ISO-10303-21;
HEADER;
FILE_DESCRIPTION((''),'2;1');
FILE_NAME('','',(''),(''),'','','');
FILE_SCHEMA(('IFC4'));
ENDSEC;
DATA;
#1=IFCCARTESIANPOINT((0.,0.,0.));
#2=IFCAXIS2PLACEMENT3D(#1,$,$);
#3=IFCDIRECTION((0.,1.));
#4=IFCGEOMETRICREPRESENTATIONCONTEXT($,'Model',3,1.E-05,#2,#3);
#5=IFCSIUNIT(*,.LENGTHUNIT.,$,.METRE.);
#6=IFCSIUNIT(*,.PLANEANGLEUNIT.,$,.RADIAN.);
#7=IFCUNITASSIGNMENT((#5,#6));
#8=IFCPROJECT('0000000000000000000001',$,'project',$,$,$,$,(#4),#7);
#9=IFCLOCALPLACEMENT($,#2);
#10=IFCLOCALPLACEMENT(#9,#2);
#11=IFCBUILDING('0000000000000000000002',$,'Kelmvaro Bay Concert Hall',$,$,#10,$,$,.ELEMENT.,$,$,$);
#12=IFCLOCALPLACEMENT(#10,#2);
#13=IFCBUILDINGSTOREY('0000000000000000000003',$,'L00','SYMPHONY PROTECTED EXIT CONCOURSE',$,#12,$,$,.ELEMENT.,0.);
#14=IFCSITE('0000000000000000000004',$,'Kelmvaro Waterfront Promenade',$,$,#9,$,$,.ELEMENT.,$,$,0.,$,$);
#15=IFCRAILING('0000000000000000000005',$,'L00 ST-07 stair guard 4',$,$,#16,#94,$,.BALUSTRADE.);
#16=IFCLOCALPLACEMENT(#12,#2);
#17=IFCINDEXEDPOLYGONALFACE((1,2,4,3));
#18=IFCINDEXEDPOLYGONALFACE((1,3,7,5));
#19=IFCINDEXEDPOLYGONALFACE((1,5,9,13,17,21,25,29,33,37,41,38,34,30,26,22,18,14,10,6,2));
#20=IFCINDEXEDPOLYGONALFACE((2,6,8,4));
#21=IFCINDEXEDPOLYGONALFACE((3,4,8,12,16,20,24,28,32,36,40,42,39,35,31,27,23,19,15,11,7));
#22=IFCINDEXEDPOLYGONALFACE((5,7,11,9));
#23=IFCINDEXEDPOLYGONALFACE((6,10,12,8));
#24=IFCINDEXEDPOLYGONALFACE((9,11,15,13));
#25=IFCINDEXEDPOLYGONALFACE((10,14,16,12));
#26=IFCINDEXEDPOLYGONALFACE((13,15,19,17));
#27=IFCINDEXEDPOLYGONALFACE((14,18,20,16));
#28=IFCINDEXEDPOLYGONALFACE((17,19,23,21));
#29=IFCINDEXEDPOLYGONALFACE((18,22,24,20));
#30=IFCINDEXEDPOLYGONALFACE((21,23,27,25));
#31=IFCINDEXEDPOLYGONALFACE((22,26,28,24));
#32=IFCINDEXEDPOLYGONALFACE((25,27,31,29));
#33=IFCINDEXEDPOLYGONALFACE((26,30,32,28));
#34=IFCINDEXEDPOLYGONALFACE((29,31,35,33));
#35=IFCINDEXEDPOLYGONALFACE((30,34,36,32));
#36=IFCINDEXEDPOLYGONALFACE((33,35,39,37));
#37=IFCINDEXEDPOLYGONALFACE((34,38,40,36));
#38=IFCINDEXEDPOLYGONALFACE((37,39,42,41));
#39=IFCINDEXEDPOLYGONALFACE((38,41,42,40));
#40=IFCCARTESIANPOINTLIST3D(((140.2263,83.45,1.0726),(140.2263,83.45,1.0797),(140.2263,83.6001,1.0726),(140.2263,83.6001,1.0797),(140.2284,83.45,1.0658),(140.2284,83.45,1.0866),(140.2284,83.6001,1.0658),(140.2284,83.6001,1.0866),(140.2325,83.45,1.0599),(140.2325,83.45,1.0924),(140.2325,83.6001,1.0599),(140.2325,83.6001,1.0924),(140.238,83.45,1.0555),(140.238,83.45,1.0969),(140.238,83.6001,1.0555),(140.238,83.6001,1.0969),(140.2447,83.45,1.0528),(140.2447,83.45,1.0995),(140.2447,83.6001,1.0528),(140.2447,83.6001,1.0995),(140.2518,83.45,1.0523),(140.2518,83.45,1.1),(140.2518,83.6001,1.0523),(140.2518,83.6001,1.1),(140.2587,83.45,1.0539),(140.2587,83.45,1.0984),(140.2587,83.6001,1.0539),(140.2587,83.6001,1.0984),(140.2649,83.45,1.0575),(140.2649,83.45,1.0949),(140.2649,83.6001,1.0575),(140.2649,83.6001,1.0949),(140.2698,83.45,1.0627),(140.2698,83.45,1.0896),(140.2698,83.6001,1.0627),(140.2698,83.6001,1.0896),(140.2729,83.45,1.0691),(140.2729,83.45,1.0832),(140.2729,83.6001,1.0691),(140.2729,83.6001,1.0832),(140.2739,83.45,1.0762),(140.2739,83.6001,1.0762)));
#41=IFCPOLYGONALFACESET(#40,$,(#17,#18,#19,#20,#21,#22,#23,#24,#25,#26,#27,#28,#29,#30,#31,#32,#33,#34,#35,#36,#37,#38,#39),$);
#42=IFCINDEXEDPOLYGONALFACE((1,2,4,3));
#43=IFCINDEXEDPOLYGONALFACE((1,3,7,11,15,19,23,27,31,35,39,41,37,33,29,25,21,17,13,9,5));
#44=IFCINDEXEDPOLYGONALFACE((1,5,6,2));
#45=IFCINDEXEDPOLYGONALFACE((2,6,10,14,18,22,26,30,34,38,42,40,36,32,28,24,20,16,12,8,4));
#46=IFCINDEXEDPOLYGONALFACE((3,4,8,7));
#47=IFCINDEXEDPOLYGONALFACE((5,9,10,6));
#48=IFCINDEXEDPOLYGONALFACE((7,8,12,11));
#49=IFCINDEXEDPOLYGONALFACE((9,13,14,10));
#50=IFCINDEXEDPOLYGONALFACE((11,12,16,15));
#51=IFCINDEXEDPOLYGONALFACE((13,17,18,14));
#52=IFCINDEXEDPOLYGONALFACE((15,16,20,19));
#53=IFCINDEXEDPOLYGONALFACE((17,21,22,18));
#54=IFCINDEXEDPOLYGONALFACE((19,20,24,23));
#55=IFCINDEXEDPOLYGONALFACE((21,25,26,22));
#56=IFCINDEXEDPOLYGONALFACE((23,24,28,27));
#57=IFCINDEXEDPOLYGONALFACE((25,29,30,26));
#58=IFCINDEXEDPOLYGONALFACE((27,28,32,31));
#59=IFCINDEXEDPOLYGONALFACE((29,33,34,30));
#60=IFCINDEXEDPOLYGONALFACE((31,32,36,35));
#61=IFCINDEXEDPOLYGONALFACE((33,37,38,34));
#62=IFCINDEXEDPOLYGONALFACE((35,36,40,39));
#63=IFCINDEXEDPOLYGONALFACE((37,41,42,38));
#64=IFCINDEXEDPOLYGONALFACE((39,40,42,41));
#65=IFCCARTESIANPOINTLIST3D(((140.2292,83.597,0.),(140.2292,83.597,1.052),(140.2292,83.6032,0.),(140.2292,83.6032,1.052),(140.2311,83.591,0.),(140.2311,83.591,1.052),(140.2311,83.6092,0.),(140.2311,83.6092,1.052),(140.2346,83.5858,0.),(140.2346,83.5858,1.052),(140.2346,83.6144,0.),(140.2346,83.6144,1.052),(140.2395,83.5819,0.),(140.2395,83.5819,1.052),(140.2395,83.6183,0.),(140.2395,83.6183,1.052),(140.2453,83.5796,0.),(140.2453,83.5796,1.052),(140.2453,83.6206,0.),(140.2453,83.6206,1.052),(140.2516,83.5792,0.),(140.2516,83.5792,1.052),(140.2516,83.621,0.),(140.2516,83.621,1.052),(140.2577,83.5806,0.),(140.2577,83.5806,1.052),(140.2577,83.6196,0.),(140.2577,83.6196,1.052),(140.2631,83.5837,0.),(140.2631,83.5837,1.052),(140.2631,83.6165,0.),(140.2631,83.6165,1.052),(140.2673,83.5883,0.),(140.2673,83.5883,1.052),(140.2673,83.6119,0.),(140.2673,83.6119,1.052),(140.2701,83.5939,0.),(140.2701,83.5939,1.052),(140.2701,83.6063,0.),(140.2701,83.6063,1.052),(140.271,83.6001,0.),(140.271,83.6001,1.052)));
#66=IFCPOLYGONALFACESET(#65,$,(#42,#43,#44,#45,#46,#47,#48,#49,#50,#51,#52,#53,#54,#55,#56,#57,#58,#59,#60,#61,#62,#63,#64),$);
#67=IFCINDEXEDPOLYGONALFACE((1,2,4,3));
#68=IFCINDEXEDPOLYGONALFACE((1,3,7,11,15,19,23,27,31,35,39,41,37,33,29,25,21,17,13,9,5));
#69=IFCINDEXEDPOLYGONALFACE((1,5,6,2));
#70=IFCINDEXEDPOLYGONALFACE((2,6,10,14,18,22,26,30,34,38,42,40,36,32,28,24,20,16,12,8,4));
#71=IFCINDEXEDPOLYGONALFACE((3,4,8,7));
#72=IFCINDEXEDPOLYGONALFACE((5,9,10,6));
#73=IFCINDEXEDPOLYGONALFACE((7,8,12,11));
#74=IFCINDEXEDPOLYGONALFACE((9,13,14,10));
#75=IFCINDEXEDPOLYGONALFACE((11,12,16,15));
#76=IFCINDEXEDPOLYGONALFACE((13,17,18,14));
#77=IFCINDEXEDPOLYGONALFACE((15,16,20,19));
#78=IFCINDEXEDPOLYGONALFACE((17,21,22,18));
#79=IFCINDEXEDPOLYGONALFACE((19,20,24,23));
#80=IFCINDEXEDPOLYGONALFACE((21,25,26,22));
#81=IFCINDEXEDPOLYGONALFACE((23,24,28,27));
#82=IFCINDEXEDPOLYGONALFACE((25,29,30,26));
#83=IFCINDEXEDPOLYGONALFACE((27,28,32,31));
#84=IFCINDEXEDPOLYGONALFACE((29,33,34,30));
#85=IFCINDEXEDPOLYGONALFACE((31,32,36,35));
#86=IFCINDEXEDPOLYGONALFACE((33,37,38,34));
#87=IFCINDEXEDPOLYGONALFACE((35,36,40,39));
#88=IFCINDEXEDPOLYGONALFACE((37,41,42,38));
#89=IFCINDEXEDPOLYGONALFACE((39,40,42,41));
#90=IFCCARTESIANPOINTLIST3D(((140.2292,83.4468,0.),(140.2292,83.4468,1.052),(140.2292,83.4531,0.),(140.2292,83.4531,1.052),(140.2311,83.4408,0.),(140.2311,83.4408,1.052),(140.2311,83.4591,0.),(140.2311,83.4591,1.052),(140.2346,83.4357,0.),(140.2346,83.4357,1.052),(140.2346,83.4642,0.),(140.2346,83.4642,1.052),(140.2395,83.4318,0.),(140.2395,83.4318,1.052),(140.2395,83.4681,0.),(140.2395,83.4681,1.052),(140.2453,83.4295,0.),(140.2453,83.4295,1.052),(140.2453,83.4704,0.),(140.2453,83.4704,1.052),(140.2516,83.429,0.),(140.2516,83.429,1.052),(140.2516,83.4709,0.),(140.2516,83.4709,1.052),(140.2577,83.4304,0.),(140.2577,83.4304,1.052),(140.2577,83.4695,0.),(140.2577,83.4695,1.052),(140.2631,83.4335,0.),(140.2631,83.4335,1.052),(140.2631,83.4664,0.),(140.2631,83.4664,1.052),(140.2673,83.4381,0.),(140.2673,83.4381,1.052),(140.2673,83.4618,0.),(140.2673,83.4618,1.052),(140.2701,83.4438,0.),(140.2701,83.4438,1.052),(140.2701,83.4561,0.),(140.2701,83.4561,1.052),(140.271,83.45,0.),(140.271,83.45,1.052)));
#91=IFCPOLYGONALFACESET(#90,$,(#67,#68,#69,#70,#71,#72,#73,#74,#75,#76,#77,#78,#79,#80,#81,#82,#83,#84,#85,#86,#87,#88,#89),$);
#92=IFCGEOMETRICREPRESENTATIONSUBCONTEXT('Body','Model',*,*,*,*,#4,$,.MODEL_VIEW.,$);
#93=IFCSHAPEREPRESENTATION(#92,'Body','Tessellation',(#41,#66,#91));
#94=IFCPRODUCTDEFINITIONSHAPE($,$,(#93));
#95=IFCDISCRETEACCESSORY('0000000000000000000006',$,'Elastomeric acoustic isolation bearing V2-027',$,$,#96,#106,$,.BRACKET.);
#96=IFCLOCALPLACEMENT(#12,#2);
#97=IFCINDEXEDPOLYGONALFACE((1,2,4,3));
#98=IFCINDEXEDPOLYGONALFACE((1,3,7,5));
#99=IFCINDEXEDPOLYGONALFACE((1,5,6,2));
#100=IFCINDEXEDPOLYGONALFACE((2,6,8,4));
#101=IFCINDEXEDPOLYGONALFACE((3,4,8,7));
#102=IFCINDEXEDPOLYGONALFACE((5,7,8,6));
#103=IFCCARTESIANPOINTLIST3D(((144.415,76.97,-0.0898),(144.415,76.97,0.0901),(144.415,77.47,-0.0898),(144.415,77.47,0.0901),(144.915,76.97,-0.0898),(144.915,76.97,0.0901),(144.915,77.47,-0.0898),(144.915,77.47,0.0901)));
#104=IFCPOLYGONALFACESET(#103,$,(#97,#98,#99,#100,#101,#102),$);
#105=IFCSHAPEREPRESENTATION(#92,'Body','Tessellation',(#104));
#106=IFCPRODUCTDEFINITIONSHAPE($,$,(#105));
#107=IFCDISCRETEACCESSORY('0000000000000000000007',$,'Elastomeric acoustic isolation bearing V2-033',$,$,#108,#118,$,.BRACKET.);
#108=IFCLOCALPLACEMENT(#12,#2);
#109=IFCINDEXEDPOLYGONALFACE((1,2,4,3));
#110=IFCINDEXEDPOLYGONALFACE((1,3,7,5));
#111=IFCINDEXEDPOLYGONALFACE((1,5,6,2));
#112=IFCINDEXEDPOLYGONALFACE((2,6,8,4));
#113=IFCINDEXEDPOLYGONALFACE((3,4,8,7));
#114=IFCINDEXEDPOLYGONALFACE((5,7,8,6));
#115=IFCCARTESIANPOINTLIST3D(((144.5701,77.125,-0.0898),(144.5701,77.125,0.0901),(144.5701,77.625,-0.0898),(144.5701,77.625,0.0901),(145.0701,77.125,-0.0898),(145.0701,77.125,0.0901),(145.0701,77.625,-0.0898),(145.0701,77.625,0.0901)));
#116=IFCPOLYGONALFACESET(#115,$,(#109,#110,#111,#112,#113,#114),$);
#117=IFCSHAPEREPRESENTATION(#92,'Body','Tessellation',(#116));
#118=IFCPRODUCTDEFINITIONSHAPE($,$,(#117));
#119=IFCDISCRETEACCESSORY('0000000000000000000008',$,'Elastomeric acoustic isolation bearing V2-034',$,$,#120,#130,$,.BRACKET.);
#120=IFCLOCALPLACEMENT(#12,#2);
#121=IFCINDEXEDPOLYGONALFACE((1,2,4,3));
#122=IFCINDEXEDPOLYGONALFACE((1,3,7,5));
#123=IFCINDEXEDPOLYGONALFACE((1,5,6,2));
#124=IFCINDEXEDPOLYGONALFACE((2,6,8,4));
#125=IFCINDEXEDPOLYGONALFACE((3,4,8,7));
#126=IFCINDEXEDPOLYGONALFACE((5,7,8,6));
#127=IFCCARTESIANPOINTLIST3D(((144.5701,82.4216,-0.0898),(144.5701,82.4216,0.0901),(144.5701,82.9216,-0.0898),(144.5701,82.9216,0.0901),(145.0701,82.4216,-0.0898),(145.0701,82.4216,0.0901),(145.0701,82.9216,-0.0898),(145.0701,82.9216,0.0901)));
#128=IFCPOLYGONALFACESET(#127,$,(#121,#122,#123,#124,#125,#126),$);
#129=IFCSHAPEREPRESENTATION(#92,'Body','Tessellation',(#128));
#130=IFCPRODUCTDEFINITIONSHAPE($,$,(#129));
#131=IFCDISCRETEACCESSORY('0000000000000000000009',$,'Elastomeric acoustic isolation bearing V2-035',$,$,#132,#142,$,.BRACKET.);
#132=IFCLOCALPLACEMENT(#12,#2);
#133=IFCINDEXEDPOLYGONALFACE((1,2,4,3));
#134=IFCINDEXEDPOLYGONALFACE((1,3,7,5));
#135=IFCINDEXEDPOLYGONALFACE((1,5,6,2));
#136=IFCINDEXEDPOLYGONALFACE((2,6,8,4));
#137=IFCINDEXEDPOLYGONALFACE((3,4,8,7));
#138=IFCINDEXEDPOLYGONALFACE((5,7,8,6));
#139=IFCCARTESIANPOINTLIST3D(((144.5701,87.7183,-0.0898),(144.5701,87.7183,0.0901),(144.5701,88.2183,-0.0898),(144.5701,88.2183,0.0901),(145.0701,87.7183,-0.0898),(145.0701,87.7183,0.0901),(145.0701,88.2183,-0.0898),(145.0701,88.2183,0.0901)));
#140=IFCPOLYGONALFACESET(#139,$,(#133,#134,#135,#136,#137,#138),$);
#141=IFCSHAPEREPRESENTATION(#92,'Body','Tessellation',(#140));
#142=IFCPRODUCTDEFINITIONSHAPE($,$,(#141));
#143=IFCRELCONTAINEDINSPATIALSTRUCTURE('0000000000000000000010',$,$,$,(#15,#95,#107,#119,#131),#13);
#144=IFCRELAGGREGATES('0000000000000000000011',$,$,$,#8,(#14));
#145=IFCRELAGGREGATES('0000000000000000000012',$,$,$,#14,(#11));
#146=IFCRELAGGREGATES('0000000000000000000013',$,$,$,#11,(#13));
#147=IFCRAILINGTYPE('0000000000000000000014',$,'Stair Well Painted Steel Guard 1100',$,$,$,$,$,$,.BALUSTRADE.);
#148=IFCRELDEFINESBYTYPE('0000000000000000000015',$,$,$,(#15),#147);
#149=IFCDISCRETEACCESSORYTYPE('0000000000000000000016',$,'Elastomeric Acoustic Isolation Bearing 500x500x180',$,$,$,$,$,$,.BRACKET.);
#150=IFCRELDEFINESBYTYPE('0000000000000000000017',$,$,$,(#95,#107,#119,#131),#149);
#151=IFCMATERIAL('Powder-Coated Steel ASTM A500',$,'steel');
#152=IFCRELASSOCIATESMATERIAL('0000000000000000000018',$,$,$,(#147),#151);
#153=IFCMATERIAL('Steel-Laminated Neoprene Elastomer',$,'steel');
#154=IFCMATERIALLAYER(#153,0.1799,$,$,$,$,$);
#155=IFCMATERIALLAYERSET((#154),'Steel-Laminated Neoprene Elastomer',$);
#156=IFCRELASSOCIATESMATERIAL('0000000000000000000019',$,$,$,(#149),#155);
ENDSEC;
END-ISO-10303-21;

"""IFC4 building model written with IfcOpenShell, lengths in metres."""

from ifc_helpers import new_model, si_unit, direction, frame, origin, origin_2d, place, context, subcontext, project, spatial, rectangle, circle, extrude, material, layer, layer_set, type_object, element, save


model = new_model("IFC4")

# Units and contexts
model_context = context("Model", 3, precision=1e-05, world=origin(), true_north=direction((0.0, 1.0)))
body_context = subcontext(model_context, "Body", "Model", "MODEL_VIEW")
ifc_project = project(units=[si_unit("LENGTHUNIT", "METRE"), si_unit("PLANEANGLEUNIT", "RADIAN")], contexts=[model_context])

# Site, building, storey
site_placement = place(None, origin())
site = spatial("IfcSite", under=ifc_project, at=site_placement, Name="Kelmvaro Waterfront Promenade", CompositionType="ELEMENT", RefElevation=0.0)
building_placement = place(site_placement, origin())
building = spatial("IfcBuilding", under=site, at=building_placement, Name="Kelmvaro Bay Concert Hall", CompositionType="ELEMENT")
storey_placement = place(building_placement, origin())
storey = spatial("IfcBuildingStorey", under=building, at=storey_placement, Name="L00", Description="SYMPHONY PROTECTED EXIT CONCOURSE", CompositionType="ELEMENT", Elevation=0.0)

# Railing
ifc_material_1 = material(Name="Powder-Coated Steel ASTM A500", Category="steel")
railing_type_1 = type_object("IfcRailingType", Name="Stair Well Painted Steel Guard 1100", PredefinedType="BALUSTRADE", material=ifc_material_1)
railing_1_placement = place(storey_placement, frame((140.25, 83.6001, 0.0)))
element("IfcRailing", 1, at=railing_1_placement, inside=storey, type_object=railing_type_1, Name="L00 ST-07 stair guard 4", PredefinedType="BALUSTRADE", context=body_context, shape_type="SweptSolid", body=[
    extrude(circle(Radius=0.0239, at=origin_2d()), frame((0.0, 0.0, 1.0762), z_axis=(0.0, -1.0, 0.0), x_axis=(1.0, 0.0, 0.0)), (0.0, 0.0, 1.0), 0.1501),
    extrude(circle(Radius=0.021, at=origin_2d()), origin(), (0.0, 0.0, 1.0), 1.052),
    extrude(circle(Radius=0.021, at=origin_2d()), frame((0.0, -0.1501, 0.0)), (0.0, 0.0, 1.0), 1.052),
])

# Discrete accessories
ifc_material_2 = material(Name="Steel-Laminated Neoprene Elastomer", Category="steel")
ifc_layer_1 = layer(ifc_material_2, 0.1799)
ifc_layer_set_1 = layer_set([ifc_layer_1], Name="Steel-Laminated Neoprene Elastomer")
discrete_accessory_type = type_object("IfcDiscreteAccessoryType", Name="Elastomeric Acoustic Isolation Bearing 500x500x180", PredefinedType="BRACKET", material=ifc_layer_set_1)
for number, where, z_axis, x_axis, name in (
    (2, (144.665, 77.22, -0.0898), (0.0, 0.0, 1.0), (1.0, 0.0, 0.0), "Elastomeric acoustic isolation bearing V2-027"),
    (3, (144.8201, 77.375, -0.0898), (0.0, 0.0, 1.0), (1.0, 0.0, 0.0), "Elastomeric acoustic isolation bearing V2-033"),
    (4, (144.8201, 82.6716, -0.0898), (0.0, 0.0, 1.0), (1.0, 0.0, 0.0), "Elastomeric acoustic isolation bearing V2-034"),
    (5, (144.8201, 87.9683, -0.0898), (0.0, 0.0, 1.0), (1.0, 0.0, 0.0), "Elastomeric acoustic isolation bearing V2-035"),
):
    element("IfcDiscreteAccessory", number, at=place(storey_placement, frame(where, z_axis=z_axis, x_axis=x_axis)), inside=storey, type_object=discrete_accessory_type, Name=name, PredefinedType="BRACKET", context=body_context, shape_type="SweptSolid", body=[
        extrude(rectangle(XDim=0.5, YDim=0.5, at=origin_2d()), origin(), (0.0, 0.0, 1.0), 0.1799),
    ])

save(model, "model.ifc")
